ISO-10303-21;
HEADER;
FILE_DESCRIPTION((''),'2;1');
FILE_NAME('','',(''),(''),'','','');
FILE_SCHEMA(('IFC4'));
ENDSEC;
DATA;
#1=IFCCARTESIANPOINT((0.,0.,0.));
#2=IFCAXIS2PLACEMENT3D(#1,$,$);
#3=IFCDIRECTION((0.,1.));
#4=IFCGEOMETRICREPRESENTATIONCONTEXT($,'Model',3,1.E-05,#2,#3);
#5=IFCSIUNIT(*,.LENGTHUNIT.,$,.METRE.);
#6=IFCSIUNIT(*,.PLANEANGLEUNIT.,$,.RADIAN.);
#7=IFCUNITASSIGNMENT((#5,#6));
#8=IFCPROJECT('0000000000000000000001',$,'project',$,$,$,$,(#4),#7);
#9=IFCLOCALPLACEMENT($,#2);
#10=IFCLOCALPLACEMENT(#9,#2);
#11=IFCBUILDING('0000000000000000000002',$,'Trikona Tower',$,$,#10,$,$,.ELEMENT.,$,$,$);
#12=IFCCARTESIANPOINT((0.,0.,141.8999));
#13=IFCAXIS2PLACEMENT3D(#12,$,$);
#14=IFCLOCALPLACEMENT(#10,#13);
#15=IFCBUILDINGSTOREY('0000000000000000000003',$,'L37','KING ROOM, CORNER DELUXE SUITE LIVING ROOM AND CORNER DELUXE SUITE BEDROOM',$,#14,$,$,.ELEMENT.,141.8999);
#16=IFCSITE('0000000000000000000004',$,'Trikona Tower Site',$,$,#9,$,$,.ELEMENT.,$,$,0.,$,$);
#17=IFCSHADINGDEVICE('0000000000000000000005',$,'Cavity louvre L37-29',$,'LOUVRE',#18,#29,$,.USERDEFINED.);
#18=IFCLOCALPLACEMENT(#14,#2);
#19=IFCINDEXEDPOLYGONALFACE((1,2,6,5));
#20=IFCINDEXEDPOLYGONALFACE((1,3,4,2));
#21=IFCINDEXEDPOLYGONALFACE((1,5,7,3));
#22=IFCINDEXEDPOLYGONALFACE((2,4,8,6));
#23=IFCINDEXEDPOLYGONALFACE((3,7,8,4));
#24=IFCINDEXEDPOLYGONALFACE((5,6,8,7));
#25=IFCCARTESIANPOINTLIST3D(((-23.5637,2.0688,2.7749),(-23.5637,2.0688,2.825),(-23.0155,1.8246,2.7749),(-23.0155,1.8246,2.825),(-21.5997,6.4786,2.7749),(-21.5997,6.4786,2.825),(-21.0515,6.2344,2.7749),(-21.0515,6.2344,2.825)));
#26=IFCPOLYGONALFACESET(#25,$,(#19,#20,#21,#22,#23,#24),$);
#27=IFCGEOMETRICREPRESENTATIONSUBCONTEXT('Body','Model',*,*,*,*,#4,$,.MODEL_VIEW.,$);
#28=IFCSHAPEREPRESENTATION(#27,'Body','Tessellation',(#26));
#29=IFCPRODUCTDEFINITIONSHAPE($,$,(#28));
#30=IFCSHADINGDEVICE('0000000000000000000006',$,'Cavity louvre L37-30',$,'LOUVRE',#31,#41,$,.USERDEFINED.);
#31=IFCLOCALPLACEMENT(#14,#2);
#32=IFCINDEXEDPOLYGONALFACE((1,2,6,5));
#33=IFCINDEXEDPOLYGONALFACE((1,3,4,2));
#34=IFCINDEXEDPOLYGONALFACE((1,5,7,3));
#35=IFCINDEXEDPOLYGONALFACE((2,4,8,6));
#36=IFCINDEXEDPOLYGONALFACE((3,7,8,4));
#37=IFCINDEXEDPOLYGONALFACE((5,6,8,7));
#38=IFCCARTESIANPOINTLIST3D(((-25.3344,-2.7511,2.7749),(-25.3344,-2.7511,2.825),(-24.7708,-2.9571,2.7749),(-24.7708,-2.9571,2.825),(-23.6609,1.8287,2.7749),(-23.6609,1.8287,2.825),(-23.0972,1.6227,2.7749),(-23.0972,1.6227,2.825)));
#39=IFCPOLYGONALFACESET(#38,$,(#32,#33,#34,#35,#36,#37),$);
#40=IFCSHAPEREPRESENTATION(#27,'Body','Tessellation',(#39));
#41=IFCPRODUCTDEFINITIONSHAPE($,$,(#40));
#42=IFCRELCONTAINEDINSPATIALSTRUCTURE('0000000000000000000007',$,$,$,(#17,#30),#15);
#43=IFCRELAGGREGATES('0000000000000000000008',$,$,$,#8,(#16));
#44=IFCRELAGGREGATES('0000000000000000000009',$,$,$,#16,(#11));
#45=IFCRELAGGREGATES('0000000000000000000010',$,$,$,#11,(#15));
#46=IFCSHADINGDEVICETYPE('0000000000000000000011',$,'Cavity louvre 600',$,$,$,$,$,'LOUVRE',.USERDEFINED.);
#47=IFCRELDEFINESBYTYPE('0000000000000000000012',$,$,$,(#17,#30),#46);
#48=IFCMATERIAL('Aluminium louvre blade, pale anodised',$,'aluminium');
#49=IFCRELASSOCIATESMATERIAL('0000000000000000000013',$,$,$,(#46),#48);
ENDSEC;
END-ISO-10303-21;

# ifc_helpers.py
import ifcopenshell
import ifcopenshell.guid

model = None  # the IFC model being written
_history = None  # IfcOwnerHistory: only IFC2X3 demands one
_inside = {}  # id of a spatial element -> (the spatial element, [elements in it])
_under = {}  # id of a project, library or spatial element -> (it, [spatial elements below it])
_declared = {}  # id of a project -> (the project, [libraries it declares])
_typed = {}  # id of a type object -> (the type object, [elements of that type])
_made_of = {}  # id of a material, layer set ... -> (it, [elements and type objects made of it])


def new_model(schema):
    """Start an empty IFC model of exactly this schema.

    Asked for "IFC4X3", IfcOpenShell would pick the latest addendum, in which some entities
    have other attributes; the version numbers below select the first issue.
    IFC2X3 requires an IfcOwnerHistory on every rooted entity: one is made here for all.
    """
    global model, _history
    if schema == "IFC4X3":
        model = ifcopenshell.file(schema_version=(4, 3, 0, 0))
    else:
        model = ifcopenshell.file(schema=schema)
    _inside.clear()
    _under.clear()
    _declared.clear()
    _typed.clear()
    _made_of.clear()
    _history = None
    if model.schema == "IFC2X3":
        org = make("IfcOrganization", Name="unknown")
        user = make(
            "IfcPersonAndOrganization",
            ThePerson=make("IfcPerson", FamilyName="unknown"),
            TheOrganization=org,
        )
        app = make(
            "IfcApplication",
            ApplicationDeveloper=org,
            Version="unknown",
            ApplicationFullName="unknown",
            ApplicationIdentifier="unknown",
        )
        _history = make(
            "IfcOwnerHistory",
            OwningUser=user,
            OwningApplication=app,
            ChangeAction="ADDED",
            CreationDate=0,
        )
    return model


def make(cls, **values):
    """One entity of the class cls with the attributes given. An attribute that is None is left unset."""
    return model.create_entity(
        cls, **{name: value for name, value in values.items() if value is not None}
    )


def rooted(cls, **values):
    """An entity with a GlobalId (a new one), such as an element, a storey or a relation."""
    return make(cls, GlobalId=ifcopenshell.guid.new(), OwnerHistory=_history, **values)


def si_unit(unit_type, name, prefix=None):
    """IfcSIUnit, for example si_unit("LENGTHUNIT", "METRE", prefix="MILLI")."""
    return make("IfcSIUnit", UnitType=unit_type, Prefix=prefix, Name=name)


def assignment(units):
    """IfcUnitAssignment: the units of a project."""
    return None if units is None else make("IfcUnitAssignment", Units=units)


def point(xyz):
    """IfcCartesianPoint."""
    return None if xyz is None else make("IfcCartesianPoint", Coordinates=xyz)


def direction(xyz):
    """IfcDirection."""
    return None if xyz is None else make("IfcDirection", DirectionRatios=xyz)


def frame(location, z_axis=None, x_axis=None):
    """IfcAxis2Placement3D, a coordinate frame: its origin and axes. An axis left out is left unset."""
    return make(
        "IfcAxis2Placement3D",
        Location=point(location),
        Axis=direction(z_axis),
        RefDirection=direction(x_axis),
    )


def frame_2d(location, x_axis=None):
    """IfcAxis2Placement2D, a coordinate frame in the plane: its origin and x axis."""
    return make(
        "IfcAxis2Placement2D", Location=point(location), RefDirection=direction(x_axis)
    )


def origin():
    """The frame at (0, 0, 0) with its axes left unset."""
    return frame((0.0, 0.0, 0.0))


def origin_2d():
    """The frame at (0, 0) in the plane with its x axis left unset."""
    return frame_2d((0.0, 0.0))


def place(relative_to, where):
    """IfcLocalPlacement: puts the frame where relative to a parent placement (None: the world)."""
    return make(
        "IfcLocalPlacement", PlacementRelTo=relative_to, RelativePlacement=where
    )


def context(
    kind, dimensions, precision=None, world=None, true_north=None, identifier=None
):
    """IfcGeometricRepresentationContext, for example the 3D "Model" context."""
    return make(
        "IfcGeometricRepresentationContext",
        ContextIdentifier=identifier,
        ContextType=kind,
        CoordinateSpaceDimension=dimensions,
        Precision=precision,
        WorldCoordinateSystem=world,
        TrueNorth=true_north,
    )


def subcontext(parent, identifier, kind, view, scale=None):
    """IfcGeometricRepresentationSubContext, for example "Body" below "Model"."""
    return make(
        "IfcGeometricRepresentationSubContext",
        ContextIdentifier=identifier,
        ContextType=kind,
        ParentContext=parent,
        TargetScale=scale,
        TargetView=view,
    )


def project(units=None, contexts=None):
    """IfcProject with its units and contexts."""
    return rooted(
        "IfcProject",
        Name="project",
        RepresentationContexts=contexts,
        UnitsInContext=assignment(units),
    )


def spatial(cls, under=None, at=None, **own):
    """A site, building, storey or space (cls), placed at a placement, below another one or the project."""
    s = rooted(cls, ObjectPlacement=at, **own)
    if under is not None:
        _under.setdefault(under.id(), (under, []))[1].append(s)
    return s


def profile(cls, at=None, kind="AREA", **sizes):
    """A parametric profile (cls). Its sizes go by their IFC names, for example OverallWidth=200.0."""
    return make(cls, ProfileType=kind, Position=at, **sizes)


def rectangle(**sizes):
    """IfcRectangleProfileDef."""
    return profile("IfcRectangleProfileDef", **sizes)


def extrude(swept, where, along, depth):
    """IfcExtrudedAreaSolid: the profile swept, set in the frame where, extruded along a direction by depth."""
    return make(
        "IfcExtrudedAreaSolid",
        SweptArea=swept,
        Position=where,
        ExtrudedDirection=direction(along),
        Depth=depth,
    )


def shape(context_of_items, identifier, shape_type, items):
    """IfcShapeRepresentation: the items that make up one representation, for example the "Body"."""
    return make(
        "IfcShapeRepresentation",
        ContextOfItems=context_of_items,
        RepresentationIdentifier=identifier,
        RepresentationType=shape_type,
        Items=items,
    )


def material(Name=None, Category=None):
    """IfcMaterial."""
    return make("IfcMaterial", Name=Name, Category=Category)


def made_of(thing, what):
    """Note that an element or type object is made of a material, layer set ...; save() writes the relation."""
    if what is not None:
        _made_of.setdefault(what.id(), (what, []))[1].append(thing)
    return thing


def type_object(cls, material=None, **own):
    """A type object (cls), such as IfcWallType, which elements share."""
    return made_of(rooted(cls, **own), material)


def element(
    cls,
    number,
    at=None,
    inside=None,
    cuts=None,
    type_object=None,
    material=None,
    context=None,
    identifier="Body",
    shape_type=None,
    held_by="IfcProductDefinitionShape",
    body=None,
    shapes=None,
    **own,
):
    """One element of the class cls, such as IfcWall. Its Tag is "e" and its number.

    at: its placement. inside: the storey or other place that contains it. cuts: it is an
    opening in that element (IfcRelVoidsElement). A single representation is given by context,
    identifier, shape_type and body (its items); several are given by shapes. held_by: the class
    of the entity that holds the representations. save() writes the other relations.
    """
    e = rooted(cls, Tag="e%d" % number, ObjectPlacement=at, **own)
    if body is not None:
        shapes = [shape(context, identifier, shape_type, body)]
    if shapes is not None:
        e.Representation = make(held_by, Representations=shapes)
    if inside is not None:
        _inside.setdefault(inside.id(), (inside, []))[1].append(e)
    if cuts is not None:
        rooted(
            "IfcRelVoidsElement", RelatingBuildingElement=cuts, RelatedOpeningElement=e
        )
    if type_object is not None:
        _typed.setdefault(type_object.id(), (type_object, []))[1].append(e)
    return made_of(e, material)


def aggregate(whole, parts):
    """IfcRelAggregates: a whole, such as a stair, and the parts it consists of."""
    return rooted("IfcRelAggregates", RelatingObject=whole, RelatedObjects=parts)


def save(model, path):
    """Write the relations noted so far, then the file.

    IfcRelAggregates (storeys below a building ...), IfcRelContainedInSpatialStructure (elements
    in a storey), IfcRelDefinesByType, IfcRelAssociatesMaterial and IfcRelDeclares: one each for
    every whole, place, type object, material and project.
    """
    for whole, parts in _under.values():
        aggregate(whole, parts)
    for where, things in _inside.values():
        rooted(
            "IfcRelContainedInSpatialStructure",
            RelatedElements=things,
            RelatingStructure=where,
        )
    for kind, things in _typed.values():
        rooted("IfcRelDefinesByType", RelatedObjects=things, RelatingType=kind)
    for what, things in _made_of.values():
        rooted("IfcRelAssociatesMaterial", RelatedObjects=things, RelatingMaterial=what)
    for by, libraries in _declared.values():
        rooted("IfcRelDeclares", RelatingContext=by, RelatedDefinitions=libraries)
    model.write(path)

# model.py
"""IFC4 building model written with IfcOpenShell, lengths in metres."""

from ifc_helpers import new_model, si_unit, direction, frame, origin, origin_2d, place, context, subcontext, project, spatial, rectangle, extrude, material, type_object, element, save


model = new_model("IFC4")

# Units and contexts
model_context = context("Model", 3, precision=1e-05, world=origin(), true_north=direction((0.0, 1.0)))
body_context = subcontext(model_context, "Body", "Model", "MODEL_VIEW")
ifc_project = project(units=[si_unit("LENGTHUNIT", "METRE"), si_unit("PLANEANGLEUNIT", "RADIAN")], contexts=[model_context])

# Site, building, storey
site_placement = place(None, origin())
site = spatial("IfcSite", under=ifc_project, at=site_placement, Name="Trikona Tower Site", CompositionType="ELEMENT", RefElevation=0.0)
building_placement = place(site_placement, origin())
building = spatial("IfcBuilding", under=site, at=building_placement, Name="Trikona Tower", CompositionType="ELEMENT")
storey_placement = place(building_placement, frame((0.0, 0.0, 141.8999)))
storey = spatial("IfcBuildingStorey", under=building, at=storey_placement, Name="L37", Description="KING ROOM, CORNER DELUXE SUITE LIVING ROOM AND CORNER DELUXE SUITE BEDROOM", CompositionType="ELEMENT", Elevation=141.8999)

# Shading devices
ifc_material_1 = material(Name="Aluminium louvre blade, pale anodised", Category="aluminium")
shading_device_type = type_object("IfcShadingDeviceType", Name="Cavity louvre 600", ElementType="LOUVRE", PredefinedType="USERDEFINED", material=ifc_material_1)
shading_device_1_placement = place(storey_placement, frame((-22.3076, 4.1516, 2.7749), z_axis=(0.0, 0.0, 1.0), x_axis=(-0.406843, -0.913498, 0.0)))
element("IfcShadingDevice", 1, at=shading_device_1_placement, inside=storey, type_object=shading_device_type, Name="Cavity louvre L37-29", ObjectType="LOUVRE", PredefinedType="USERDEFINED", context=body_context, shape_type="SweptSolid", body=[
    extrude(rectangle(XDim=4.8274, YDim=0.6001, at=origin_2d()), origin(), (0.0, 0.0, 1.0), 0.05),
])
shading_device_2_placement = place(storey_placement, frame((-24.2158, -0.5642, 2.7749), z_axis=(0.0, 0.0, 1.0), x_axis=(-0.34322, -0.939255, 0.0)))
element("IfcShadingDevice", 2, at=shading_device_2_placement, inside=storey, type_object=shading_device_type, Name="Cavity louvre L37-30", ObjectType="LOUVRE", PredefinedType="USERDEFINED", context=body_context, shape_type="SweptSolid", body=[
    extrude(rectangle(XDim=4.876, YDim=0.6001, at=origin_2d()), origin(), (0.0, 0.0, 1.0), 0.05),
])

save(model, "model.ifc")
